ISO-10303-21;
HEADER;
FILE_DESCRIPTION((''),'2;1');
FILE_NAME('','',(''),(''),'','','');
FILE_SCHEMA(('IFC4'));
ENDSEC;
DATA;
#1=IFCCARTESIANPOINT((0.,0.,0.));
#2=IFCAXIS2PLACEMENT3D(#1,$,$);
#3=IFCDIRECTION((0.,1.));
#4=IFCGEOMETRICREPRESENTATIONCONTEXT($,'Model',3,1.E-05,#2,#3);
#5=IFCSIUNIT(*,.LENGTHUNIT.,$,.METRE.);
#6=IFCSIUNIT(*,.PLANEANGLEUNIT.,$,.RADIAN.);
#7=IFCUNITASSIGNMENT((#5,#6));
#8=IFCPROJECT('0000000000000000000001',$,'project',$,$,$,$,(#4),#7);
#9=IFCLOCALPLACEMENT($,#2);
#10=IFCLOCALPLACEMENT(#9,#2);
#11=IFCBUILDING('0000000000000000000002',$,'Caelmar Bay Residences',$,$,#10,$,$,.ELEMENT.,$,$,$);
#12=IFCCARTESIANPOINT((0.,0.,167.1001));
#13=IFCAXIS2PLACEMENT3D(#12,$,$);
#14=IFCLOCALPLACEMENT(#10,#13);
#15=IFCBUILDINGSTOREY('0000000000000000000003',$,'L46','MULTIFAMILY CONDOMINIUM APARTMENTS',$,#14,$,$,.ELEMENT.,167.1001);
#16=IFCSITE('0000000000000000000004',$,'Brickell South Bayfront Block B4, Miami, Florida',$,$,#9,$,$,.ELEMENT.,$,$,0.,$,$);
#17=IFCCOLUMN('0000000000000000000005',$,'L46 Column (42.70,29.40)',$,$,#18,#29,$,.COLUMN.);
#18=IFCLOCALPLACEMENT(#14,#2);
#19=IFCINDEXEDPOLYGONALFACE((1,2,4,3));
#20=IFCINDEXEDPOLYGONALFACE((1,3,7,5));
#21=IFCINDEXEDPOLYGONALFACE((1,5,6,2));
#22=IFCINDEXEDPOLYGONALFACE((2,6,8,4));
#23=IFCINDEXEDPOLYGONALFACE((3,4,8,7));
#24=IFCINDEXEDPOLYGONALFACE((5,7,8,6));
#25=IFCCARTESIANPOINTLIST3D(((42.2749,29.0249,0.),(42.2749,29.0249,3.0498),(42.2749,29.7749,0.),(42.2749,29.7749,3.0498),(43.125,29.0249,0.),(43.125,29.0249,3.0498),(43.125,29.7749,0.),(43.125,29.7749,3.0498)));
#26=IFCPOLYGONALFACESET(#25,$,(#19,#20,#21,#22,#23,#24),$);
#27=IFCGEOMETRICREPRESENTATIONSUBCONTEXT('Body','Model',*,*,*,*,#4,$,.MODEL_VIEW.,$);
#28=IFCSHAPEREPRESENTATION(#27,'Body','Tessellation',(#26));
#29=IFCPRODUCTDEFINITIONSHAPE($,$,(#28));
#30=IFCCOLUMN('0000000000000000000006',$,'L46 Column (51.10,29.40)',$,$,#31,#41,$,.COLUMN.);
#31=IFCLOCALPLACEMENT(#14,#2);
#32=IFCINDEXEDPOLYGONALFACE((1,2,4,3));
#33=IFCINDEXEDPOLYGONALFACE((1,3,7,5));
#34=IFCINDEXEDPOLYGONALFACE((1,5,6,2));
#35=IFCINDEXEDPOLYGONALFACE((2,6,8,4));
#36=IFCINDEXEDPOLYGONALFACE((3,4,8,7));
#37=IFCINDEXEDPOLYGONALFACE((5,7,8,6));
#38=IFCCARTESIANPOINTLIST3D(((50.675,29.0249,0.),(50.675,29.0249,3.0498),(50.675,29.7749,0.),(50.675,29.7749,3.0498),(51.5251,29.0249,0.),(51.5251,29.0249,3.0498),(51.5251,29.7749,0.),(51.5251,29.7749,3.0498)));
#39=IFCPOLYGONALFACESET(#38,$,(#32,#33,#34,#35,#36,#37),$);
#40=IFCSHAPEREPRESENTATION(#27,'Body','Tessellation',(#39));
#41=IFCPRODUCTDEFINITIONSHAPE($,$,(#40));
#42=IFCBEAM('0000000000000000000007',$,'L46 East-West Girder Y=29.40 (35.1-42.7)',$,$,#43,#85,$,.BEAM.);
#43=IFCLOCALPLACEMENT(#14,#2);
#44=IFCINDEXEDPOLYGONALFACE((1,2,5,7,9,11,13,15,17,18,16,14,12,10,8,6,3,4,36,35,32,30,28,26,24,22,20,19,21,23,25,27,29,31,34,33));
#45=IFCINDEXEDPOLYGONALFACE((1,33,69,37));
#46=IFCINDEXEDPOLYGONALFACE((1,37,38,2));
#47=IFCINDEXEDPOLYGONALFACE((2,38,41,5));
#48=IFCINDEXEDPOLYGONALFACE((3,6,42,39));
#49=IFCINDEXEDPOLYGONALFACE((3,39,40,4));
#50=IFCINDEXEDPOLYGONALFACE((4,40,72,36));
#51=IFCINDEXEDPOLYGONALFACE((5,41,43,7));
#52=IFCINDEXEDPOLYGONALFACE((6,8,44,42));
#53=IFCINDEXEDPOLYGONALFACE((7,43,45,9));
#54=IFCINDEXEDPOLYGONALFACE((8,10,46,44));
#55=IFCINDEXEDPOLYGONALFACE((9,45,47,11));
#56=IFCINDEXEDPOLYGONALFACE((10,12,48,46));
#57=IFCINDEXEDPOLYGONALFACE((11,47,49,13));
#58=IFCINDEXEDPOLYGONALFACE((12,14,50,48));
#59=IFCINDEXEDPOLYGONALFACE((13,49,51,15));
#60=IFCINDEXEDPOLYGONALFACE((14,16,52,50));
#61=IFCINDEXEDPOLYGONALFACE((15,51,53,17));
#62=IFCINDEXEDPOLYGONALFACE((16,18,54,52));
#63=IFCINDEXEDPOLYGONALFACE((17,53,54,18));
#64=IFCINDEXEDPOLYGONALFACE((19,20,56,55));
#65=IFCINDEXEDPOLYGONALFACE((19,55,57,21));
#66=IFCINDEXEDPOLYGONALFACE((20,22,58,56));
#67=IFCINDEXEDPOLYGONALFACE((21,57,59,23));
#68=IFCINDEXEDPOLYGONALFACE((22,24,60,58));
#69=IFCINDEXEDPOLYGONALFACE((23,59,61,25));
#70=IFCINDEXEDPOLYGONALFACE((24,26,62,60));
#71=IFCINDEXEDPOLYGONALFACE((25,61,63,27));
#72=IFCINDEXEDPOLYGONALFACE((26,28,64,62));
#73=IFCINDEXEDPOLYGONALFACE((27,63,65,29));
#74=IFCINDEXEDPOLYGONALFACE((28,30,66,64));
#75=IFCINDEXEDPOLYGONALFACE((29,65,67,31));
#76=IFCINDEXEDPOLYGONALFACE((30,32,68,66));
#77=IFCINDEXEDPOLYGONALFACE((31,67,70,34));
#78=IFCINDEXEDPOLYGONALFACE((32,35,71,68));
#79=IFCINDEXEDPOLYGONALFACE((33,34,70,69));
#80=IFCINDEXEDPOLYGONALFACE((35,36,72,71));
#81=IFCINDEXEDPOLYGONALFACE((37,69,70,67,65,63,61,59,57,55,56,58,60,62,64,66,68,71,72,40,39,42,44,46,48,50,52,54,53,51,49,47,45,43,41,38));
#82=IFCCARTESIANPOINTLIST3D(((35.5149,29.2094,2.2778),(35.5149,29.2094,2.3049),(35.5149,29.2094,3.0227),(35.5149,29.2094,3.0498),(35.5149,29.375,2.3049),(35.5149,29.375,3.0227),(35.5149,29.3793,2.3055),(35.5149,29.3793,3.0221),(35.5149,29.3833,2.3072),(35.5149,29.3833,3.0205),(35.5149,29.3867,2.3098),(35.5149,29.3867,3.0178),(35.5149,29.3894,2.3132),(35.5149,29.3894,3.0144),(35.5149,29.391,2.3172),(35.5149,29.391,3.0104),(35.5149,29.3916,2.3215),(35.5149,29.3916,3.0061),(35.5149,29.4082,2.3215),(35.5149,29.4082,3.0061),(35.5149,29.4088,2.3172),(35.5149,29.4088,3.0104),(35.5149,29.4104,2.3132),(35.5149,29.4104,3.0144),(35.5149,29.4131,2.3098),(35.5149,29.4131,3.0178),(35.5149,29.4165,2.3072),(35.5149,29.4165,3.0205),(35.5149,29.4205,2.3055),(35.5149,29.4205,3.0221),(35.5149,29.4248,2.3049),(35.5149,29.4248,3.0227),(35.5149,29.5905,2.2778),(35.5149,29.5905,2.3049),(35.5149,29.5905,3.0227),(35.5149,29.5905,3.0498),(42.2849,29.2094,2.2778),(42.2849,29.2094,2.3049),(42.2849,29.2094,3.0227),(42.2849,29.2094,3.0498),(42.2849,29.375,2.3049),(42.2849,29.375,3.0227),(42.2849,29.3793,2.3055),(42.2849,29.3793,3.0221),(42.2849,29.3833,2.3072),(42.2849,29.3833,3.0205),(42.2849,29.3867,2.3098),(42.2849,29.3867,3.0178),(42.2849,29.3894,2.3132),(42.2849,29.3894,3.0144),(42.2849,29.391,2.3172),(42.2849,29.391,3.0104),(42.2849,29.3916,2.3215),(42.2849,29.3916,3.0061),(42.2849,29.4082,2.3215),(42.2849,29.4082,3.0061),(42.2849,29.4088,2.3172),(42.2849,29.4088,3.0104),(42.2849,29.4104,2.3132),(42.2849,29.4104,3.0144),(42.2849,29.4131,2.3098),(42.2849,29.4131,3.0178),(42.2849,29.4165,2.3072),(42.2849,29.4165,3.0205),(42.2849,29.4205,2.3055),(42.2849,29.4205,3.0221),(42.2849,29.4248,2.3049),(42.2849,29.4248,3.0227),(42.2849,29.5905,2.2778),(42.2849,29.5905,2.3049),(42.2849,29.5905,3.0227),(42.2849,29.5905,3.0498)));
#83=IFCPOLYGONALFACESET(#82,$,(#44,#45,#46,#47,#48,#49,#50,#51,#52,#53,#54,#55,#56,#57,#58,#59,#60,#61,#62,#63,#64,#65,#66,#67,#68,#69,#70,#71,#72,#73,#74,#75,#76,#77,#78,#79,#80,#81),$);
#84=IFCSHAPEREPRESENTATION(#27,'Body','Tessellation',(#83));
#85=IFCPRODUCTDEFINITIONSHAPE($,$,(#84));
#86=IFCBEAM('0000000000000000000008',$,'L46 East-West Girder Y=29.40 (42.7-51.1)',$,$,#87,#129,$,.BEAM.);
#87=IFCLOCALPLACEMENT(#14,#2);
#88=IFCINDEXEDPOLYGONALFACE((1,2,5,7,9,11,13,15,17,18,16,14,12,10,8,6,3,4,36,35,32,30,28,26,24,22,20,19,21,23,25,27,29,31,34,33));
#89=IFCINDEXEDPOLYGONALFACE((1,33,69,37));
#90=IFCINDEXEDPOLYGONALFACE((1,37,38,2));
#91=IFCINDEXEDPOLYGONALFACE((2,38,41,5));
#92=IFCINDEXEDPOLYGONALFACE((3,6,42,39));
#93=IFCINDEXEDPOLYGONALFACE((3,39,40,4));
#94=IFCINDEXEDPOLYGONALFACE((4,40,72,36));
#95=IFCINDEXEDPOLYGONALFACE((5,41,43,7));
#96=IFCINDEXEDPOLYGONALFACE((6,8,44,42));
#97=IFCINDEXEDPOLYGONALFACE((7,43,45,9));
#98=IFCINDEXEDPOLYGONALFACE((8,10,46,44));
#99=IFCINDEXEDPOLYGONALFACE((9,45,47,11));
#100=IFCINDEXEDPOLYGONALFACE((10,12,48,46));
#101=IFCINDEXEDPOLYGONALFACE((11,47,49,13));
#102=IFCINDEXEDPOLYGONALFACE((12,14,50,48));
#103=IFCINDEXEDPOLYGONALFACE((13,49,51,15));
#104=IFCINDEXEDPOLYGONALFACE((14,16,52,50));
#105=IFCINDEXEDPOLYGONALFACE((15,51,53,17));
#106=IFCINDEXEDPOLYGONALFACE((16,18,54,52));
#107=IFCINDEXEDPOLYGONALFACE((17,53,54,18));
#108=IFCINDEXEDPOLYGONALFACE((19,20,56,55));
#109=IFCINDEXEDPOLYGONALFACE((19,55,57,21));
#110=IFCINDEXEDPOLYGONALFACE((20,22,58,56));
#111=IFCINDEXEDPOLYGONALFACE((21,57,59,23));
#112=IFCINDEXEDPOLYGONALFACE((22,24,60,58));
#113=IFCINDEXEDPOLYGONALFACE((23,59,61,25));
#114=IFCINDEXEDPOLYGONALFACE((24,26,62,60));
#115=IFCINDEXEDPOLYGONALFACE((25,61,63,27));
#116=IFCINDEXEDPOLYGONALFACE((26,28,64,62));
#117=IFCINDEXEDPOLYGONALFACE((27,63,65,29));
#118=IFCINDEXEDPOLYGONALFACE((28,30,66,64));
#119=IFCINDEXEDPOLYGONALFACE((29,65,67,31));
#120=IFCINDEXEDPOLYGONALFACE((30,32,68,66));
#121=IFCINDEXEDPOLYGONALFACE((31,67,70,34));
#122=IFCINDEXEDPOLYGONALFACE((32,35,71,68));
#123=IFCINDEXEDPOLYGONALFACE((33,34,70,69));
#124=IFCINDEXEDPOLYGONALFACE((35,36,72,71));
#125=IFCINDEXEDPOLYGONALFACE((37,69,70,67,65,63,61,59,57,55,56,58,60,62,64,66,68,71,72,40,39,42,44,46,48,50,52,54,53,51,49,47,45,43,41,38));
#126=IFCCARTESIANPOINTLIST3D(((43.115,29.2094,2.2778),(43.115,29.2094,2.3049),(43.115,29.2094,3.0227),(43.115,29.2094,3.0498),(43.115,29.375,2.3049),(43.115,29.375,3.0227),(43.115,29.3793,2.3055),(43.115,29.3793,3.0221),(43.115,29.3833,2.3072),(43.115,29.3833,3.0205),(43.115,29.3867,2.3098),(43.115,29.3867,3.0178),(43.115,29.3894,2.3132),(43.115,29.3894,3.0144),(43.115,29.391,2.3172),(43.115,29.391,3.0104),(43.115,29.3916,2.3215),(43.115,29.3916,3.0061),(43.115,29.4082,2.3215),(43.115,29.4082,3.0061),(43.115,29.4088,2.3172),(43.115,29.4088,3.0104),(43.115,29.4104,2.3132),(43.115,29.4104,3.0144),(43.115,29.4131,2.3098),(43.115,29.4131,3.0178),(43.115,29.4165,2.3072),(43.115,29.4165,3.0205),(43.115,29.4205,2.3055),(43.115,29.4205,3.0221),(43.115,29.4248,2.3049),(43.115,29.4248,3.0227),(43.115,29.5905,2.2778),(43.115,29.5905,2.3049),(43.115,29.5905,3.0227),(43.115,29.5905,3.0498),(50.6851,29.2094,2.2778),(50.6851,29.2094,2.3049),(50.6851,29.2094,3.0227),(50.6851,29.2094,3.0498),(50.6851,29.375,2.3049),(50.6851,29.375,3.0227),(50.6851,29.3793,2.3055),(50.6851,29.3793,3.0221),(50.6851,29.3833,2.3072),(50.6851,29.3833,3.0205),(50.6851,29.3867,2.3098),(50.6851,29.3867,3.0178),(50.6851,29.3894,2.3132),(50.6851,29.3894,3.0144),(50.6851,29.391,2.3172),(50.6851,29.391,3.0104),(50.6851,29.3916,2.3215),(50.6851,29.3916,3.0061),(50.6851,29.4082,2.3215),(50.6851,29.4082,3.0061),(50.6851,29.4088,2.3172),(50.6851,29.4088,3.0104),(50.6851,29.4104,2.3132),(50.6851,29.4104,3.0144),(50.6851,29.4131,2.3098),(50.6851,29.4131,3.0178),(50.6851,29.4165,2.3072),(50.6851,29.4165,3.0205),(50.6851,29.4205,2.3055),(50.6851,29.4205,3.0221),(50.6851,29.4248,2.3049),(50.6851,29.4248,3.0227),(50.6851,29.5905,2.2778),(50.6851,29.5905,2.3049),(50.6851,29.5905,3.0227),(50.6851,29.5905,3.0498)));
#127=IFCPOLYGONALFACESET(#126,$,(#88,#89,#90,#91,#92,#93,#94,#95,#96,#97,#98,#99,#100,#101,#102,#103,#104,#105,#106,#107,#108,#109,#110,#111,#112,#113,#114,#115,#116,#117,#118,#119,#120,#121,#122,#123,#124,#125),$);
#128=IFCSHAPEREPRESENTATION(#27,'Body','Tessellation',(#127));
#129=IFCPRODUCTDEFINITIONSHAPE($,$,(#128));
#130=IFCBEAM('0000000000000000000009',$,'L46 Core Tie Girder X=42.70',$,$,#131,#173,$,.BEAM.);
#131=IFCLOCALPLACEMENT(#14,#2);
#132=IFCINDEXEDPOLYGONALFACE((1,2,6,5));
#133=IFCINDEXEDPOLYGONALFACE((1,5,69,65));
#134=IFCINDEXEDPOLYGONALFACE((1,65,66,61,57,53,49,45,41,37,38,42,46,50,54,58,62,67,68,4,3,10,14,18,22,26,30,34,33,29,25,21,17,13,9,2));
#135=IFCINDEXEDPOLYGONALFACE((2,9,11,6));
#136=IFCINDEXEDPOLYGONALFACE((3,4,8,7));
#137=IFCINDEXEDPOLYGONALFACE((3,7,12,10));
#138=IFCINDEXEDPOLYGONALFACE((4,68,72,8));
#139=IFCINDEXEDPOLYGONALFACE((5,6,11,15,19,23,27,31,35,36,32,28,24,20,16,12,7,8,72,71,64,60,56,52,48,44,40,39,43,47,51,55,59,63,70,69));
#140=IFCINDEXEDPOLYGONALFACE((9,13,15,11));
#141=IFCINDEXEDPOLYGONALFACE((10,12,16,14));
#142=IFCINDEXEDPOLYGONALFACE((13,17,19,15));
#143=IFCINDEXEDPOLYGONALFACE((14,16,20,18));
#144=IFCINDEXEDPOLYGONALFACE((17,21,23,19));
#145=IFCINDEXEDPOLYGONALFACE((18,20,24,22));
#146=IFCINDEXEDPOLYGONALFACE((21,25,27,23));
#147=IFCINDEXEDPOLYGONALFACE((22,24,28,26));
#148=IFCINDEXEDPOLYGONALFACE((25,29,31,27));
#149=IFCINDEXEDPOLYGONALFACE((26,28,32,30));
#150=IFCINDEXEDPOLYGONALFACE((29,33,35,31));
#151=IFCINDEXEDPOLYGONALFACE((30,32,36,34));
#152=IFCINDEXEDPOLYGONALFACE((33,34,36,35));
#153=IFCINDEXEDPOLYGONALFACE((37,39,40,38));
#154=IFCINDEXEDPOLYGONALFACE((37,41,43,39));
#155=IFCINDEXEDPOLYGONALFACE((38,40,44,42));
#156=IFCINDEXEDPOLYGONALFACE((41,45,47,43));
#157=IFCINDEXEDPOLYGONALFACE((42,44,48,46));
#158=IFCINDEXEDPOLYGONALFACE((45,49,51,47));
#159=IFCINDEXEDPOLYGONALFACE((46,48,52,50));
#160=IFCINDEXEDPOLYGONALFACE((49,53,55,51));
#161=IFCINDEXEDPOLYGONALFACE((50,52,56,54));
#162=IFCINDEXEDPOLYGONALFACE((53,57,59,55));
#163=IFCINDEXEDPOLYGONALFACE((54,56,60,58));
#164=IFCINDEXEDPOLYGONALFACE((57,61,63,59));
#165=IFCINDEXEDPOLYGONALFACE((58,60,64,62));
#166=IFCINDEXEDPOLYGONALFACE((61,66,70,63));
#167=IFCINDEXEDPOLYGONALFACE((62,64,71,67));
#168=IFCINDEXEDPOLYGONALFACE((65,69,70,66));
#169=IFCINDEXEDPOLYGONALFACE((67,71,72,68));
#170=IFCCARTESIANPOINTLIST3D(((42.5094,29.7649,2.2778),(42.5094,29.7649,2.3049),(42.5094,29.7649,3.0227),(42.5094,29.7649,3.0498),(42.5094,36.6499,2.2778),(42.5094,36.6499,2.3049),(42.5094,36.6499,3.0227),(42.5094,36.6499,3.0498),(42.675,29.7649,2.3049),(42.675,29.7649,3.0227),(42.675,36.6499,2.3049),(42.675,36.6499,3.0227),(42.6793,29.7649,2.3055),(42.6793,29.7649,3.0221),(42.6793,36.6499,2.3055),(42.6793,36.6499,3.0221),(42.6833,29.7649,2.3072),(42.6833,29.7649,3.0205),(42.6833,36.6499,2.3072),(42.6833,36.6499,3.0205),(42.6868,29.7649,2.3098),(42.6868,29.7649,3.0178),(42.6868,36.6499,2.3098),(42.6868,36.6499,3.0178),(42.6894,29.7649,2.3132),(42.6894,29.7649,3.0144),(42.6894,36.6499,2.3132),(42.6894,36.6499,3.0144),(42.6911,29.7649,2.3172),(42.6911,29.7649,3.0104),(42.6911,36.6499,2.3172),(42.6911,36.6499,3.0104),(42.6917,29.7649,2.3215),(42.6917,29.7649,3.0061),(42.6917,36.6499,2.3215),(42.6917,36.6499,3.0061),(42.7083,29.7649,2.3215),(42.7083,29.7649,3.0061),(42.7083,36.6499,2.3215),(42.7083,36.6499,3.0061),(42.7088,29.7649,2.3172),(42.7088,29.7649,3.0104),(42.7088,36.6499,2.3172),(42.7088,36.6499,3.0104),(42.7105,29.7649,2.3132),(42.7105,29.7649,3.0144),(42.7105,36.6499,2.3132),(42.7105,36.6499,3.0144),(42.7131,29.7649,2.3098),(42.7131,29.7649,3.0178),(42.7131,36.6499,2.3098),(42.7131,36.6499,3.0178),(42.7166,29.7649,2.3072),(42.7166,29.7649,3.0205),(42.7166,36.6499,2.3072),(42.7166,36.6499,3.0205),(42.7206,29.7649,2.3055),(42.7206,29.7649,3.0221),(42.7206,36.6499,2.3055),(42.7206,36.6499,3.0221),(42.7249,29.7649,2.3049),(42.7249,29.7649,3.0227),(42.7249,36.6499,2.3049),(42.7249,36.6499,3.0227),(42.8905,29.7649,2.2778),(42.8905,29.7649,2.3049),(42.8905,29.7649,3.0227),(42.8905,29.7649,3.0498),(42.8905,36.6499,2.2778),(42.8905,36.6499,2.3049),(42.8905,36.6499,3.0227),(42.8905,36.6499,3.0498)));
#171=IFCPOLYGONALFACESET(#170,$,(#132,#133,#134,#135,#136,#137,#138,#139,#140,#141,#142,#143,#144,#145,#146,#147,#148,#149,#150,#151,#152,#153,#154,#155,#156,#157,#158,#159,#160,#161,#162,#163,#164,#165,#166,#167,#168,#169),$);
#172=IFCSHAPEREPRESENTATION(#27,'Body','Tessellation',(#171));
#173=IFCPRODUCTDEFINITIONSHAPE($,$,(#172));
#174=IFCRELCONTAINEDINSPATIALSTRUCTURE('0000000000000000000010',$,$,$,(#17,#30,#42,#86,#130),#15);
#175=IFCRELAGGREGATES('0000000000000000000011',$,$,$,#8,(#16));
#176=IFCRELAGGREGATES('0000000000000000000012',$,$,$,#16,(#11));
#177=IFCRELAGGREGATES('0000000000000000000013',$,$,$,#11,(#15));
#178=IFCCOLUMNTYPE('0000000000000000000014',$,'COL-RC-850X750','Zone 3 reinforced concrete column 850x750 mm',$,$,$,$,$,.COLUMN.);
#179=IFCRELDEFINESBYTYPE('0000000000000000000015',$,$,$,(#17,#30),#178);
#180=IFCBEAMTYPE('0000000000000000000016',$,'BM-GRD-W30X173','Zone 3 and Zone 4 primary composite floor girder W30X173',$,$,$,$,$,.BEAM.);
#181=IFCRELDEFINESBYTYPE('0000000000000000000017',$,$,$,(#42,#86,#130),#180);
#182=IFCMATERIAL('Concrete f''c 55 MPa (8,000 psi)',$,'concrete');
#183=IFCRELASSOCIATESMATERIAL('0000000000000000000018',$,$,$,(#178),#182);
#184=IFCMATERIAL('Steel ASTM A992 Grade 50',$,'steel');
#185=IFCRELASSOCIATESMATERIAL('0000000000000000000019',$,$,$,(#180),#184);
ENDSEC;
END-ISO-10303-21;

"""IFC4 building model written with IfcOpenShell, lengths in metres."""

from ifc_helpers import new_model, si_unit, direction, frame, origin, origin_2d, place, context, subcontext, project, spatial, rectangle, i_section, extrude, material, material_profile, profile_set, type_object, element, save


model = new_model("IFC4")

# Units and contexts
model_context = context("Model", 3, precision=1e-05, world=origin(), true_north=direction((0.0, 1.0)))
body_context = subcontext(model_context, "Body", "Model", "MODEL_VIEW")
ifc_project = project(units=[si_unit("LENGTHUNIT", "METRE"), si_unit("PLANEANGLEUNIT", "RADIAN")], contexts=[model_context])

# Site, building, storey
site_placement = place(None, origin())
site = spatial("IfcSite", under=ifc_project, at=site_placement, Name="Brickell South Bayfront Block B4, Miami, Florida", CompositionType="ELEMENT", RefElevation=0.0)
building_placement = place(site_placement, origin())
building = spatial("IfcBuilding", under=site, at=building_placement, Name="Caelmar Bay Residences", CompositionType="ELEMENT")
storey_placement = place(building_placement, frame((0.0, 0.0, 167.1001)))
storey = spatial("IfcBuildingStorey", under=building, at=storey_placement, Name="L46", Description="MULTIFAMILY CONDOMINIUM APARTMENTS", CompositionType="ELEMENT", Elevation=167.1001)

# Columns
ifc_material_1 = material(Name="Concrete f'c 55 MPa (8,000 psi)", Category="concrete")
ifc_material_profile_1 = material_profile(ifc_material_1, rectangle(XDim=0.8501, YDim=0.75, at=origin_2d()), Name="RC-COL-850X750")
ifc_profile_set_1 = profile_set([ifc_material_profile_1], Name="Concrete f'c 55 MPa (8,000 psi)")
column_type = type_object("IfcColumnType", Name="COL-RC-850X750", Description="Zone 3 reinforced concrete column 850x750 mm", PredefinedType="COLUMN", material=ifc_profile_set_1)
for number, where, z_axis, x_axis, name in (
    (1, (42.7, 29.3999, 0.0), (0.0, 0.0, 1.0), (1.0, 0.0, 0.0), "L46 Column (42.70,29.40)"),
    (2, (51.1001, 29.3999, 0.0), (0.0, 0.0, 1.0), (1.0, 0.0, 0.0), "L46 Column (51.10,29.40)"),
):
    element("IfcColumn", number, at=place(storey_placement, frame(where, z_axis=z_axis, x_axis=x_axis)), inside=storey, type_object=column_type, Name=name, PredefinedType="COLUMN", context=body_context, shape_type="SweptSolid", body=[
        extrude(rectangle(XDim=0.8501, YDim=0.75, at=origin_2d()), origin(), (0.0, 0.0, 1.0), 3.0498),
    ])

# Beams
ifc_material_2 = material(Name="Steel ASTM A992 Grade 50", Category="steel")
ifc_material_profile_2 = material_profile(ifc_material_2, i_section(OverallWidth=0.3811, OverallDepth=0.772, WebThickness=0.0166, FlangeThickness=0.0271, FilletRadius=0.0166, at=origin_2d()), Name="W30X173")
ifc_profile_set_2 = profile_set([ifc_material_profile_2], Name="Steel ASTM A992 Grade 50")
beam_type_1 = type_object("IfcBeamType", Name="BM-GRD-W30X173", Description="Zone 3 and Zone 4 primary composite floor girder W30X173", PredefinedType="BEAM", material=ifc_profile_set_2)
beam_1_placement = place(storey_placement, frame((35.5149, 29.3999, 2.6638), z_axis=(1.0, 0.0, 0.0), x_axis=(0.0, 1.0, 0.0)))
element("IfcBeam", 3, at=beam_1_placement, inside=storey, type_object=beam_type_1, Name="L46 East-West Girder Y=29.40 (35.1-42.7)", PredefinedType="BEAM", context=body_context, shape_type="SweptSolid", body=[
    extrude(i_section(OverallWidth=0.3811, OverallDepth=0.772, WebThickness=0.0166, FlangeThickness=0.0271, FilletRadius=0.0166, at=origin_2d()), origin(), (0.0, 0.0, 1.0), 6.77),
])
beam_2_placement = place(storey_placement, frame((43.115, 29.3999, 2.6638), z_axis=(1.0, 0.0, 0.0), x_axis=(0.0, 1.0, 0.0)))
element("IfcBeam", 4, at=beam_2_placement, inside=storey, type_object=beam_type_1, Name="L46 East-West Girder Y=29.40 (42.7-51.1)", PredefinedType="BEAM", context=body_context, shape_type="SweptSolid", body=[
    extrude(i_section(OverallWidth=0.3811, OverallDepth=0.772, WebThickness=0.0166, FlangeThickness=0.0271, FilletRadius=0.0166, at=origin_2d()), origin(), (0.0, 0.0, 1.0), 7.5701),
])
beam_3_placement = place(storey_placement, frame((42.7, 29.7649, 2.6638), z_axis=(0.0, 1.0, 0.0), x_axis=(-1.0, 0.0, 0.0)))
element("IfcBeam", 5, at=beam_3_placement, inside=storey, type_object=beam_type_1, Name="L46 Core Tie Girder X=42.70", PredefinedType="BEAM", context=body_context, shape_type="SweptSolid", body=[
    extrude(i_section(OverallWidth=0.3811, OverallDepth=0.772, WebThickness=0.0166, FlangeThickness=0.0271, FilletRadius=0.0166, at=origin_2d()), origin(), (0.0, 0.0, 1.0), 6.885),
])

save(model, "model.ifc")
